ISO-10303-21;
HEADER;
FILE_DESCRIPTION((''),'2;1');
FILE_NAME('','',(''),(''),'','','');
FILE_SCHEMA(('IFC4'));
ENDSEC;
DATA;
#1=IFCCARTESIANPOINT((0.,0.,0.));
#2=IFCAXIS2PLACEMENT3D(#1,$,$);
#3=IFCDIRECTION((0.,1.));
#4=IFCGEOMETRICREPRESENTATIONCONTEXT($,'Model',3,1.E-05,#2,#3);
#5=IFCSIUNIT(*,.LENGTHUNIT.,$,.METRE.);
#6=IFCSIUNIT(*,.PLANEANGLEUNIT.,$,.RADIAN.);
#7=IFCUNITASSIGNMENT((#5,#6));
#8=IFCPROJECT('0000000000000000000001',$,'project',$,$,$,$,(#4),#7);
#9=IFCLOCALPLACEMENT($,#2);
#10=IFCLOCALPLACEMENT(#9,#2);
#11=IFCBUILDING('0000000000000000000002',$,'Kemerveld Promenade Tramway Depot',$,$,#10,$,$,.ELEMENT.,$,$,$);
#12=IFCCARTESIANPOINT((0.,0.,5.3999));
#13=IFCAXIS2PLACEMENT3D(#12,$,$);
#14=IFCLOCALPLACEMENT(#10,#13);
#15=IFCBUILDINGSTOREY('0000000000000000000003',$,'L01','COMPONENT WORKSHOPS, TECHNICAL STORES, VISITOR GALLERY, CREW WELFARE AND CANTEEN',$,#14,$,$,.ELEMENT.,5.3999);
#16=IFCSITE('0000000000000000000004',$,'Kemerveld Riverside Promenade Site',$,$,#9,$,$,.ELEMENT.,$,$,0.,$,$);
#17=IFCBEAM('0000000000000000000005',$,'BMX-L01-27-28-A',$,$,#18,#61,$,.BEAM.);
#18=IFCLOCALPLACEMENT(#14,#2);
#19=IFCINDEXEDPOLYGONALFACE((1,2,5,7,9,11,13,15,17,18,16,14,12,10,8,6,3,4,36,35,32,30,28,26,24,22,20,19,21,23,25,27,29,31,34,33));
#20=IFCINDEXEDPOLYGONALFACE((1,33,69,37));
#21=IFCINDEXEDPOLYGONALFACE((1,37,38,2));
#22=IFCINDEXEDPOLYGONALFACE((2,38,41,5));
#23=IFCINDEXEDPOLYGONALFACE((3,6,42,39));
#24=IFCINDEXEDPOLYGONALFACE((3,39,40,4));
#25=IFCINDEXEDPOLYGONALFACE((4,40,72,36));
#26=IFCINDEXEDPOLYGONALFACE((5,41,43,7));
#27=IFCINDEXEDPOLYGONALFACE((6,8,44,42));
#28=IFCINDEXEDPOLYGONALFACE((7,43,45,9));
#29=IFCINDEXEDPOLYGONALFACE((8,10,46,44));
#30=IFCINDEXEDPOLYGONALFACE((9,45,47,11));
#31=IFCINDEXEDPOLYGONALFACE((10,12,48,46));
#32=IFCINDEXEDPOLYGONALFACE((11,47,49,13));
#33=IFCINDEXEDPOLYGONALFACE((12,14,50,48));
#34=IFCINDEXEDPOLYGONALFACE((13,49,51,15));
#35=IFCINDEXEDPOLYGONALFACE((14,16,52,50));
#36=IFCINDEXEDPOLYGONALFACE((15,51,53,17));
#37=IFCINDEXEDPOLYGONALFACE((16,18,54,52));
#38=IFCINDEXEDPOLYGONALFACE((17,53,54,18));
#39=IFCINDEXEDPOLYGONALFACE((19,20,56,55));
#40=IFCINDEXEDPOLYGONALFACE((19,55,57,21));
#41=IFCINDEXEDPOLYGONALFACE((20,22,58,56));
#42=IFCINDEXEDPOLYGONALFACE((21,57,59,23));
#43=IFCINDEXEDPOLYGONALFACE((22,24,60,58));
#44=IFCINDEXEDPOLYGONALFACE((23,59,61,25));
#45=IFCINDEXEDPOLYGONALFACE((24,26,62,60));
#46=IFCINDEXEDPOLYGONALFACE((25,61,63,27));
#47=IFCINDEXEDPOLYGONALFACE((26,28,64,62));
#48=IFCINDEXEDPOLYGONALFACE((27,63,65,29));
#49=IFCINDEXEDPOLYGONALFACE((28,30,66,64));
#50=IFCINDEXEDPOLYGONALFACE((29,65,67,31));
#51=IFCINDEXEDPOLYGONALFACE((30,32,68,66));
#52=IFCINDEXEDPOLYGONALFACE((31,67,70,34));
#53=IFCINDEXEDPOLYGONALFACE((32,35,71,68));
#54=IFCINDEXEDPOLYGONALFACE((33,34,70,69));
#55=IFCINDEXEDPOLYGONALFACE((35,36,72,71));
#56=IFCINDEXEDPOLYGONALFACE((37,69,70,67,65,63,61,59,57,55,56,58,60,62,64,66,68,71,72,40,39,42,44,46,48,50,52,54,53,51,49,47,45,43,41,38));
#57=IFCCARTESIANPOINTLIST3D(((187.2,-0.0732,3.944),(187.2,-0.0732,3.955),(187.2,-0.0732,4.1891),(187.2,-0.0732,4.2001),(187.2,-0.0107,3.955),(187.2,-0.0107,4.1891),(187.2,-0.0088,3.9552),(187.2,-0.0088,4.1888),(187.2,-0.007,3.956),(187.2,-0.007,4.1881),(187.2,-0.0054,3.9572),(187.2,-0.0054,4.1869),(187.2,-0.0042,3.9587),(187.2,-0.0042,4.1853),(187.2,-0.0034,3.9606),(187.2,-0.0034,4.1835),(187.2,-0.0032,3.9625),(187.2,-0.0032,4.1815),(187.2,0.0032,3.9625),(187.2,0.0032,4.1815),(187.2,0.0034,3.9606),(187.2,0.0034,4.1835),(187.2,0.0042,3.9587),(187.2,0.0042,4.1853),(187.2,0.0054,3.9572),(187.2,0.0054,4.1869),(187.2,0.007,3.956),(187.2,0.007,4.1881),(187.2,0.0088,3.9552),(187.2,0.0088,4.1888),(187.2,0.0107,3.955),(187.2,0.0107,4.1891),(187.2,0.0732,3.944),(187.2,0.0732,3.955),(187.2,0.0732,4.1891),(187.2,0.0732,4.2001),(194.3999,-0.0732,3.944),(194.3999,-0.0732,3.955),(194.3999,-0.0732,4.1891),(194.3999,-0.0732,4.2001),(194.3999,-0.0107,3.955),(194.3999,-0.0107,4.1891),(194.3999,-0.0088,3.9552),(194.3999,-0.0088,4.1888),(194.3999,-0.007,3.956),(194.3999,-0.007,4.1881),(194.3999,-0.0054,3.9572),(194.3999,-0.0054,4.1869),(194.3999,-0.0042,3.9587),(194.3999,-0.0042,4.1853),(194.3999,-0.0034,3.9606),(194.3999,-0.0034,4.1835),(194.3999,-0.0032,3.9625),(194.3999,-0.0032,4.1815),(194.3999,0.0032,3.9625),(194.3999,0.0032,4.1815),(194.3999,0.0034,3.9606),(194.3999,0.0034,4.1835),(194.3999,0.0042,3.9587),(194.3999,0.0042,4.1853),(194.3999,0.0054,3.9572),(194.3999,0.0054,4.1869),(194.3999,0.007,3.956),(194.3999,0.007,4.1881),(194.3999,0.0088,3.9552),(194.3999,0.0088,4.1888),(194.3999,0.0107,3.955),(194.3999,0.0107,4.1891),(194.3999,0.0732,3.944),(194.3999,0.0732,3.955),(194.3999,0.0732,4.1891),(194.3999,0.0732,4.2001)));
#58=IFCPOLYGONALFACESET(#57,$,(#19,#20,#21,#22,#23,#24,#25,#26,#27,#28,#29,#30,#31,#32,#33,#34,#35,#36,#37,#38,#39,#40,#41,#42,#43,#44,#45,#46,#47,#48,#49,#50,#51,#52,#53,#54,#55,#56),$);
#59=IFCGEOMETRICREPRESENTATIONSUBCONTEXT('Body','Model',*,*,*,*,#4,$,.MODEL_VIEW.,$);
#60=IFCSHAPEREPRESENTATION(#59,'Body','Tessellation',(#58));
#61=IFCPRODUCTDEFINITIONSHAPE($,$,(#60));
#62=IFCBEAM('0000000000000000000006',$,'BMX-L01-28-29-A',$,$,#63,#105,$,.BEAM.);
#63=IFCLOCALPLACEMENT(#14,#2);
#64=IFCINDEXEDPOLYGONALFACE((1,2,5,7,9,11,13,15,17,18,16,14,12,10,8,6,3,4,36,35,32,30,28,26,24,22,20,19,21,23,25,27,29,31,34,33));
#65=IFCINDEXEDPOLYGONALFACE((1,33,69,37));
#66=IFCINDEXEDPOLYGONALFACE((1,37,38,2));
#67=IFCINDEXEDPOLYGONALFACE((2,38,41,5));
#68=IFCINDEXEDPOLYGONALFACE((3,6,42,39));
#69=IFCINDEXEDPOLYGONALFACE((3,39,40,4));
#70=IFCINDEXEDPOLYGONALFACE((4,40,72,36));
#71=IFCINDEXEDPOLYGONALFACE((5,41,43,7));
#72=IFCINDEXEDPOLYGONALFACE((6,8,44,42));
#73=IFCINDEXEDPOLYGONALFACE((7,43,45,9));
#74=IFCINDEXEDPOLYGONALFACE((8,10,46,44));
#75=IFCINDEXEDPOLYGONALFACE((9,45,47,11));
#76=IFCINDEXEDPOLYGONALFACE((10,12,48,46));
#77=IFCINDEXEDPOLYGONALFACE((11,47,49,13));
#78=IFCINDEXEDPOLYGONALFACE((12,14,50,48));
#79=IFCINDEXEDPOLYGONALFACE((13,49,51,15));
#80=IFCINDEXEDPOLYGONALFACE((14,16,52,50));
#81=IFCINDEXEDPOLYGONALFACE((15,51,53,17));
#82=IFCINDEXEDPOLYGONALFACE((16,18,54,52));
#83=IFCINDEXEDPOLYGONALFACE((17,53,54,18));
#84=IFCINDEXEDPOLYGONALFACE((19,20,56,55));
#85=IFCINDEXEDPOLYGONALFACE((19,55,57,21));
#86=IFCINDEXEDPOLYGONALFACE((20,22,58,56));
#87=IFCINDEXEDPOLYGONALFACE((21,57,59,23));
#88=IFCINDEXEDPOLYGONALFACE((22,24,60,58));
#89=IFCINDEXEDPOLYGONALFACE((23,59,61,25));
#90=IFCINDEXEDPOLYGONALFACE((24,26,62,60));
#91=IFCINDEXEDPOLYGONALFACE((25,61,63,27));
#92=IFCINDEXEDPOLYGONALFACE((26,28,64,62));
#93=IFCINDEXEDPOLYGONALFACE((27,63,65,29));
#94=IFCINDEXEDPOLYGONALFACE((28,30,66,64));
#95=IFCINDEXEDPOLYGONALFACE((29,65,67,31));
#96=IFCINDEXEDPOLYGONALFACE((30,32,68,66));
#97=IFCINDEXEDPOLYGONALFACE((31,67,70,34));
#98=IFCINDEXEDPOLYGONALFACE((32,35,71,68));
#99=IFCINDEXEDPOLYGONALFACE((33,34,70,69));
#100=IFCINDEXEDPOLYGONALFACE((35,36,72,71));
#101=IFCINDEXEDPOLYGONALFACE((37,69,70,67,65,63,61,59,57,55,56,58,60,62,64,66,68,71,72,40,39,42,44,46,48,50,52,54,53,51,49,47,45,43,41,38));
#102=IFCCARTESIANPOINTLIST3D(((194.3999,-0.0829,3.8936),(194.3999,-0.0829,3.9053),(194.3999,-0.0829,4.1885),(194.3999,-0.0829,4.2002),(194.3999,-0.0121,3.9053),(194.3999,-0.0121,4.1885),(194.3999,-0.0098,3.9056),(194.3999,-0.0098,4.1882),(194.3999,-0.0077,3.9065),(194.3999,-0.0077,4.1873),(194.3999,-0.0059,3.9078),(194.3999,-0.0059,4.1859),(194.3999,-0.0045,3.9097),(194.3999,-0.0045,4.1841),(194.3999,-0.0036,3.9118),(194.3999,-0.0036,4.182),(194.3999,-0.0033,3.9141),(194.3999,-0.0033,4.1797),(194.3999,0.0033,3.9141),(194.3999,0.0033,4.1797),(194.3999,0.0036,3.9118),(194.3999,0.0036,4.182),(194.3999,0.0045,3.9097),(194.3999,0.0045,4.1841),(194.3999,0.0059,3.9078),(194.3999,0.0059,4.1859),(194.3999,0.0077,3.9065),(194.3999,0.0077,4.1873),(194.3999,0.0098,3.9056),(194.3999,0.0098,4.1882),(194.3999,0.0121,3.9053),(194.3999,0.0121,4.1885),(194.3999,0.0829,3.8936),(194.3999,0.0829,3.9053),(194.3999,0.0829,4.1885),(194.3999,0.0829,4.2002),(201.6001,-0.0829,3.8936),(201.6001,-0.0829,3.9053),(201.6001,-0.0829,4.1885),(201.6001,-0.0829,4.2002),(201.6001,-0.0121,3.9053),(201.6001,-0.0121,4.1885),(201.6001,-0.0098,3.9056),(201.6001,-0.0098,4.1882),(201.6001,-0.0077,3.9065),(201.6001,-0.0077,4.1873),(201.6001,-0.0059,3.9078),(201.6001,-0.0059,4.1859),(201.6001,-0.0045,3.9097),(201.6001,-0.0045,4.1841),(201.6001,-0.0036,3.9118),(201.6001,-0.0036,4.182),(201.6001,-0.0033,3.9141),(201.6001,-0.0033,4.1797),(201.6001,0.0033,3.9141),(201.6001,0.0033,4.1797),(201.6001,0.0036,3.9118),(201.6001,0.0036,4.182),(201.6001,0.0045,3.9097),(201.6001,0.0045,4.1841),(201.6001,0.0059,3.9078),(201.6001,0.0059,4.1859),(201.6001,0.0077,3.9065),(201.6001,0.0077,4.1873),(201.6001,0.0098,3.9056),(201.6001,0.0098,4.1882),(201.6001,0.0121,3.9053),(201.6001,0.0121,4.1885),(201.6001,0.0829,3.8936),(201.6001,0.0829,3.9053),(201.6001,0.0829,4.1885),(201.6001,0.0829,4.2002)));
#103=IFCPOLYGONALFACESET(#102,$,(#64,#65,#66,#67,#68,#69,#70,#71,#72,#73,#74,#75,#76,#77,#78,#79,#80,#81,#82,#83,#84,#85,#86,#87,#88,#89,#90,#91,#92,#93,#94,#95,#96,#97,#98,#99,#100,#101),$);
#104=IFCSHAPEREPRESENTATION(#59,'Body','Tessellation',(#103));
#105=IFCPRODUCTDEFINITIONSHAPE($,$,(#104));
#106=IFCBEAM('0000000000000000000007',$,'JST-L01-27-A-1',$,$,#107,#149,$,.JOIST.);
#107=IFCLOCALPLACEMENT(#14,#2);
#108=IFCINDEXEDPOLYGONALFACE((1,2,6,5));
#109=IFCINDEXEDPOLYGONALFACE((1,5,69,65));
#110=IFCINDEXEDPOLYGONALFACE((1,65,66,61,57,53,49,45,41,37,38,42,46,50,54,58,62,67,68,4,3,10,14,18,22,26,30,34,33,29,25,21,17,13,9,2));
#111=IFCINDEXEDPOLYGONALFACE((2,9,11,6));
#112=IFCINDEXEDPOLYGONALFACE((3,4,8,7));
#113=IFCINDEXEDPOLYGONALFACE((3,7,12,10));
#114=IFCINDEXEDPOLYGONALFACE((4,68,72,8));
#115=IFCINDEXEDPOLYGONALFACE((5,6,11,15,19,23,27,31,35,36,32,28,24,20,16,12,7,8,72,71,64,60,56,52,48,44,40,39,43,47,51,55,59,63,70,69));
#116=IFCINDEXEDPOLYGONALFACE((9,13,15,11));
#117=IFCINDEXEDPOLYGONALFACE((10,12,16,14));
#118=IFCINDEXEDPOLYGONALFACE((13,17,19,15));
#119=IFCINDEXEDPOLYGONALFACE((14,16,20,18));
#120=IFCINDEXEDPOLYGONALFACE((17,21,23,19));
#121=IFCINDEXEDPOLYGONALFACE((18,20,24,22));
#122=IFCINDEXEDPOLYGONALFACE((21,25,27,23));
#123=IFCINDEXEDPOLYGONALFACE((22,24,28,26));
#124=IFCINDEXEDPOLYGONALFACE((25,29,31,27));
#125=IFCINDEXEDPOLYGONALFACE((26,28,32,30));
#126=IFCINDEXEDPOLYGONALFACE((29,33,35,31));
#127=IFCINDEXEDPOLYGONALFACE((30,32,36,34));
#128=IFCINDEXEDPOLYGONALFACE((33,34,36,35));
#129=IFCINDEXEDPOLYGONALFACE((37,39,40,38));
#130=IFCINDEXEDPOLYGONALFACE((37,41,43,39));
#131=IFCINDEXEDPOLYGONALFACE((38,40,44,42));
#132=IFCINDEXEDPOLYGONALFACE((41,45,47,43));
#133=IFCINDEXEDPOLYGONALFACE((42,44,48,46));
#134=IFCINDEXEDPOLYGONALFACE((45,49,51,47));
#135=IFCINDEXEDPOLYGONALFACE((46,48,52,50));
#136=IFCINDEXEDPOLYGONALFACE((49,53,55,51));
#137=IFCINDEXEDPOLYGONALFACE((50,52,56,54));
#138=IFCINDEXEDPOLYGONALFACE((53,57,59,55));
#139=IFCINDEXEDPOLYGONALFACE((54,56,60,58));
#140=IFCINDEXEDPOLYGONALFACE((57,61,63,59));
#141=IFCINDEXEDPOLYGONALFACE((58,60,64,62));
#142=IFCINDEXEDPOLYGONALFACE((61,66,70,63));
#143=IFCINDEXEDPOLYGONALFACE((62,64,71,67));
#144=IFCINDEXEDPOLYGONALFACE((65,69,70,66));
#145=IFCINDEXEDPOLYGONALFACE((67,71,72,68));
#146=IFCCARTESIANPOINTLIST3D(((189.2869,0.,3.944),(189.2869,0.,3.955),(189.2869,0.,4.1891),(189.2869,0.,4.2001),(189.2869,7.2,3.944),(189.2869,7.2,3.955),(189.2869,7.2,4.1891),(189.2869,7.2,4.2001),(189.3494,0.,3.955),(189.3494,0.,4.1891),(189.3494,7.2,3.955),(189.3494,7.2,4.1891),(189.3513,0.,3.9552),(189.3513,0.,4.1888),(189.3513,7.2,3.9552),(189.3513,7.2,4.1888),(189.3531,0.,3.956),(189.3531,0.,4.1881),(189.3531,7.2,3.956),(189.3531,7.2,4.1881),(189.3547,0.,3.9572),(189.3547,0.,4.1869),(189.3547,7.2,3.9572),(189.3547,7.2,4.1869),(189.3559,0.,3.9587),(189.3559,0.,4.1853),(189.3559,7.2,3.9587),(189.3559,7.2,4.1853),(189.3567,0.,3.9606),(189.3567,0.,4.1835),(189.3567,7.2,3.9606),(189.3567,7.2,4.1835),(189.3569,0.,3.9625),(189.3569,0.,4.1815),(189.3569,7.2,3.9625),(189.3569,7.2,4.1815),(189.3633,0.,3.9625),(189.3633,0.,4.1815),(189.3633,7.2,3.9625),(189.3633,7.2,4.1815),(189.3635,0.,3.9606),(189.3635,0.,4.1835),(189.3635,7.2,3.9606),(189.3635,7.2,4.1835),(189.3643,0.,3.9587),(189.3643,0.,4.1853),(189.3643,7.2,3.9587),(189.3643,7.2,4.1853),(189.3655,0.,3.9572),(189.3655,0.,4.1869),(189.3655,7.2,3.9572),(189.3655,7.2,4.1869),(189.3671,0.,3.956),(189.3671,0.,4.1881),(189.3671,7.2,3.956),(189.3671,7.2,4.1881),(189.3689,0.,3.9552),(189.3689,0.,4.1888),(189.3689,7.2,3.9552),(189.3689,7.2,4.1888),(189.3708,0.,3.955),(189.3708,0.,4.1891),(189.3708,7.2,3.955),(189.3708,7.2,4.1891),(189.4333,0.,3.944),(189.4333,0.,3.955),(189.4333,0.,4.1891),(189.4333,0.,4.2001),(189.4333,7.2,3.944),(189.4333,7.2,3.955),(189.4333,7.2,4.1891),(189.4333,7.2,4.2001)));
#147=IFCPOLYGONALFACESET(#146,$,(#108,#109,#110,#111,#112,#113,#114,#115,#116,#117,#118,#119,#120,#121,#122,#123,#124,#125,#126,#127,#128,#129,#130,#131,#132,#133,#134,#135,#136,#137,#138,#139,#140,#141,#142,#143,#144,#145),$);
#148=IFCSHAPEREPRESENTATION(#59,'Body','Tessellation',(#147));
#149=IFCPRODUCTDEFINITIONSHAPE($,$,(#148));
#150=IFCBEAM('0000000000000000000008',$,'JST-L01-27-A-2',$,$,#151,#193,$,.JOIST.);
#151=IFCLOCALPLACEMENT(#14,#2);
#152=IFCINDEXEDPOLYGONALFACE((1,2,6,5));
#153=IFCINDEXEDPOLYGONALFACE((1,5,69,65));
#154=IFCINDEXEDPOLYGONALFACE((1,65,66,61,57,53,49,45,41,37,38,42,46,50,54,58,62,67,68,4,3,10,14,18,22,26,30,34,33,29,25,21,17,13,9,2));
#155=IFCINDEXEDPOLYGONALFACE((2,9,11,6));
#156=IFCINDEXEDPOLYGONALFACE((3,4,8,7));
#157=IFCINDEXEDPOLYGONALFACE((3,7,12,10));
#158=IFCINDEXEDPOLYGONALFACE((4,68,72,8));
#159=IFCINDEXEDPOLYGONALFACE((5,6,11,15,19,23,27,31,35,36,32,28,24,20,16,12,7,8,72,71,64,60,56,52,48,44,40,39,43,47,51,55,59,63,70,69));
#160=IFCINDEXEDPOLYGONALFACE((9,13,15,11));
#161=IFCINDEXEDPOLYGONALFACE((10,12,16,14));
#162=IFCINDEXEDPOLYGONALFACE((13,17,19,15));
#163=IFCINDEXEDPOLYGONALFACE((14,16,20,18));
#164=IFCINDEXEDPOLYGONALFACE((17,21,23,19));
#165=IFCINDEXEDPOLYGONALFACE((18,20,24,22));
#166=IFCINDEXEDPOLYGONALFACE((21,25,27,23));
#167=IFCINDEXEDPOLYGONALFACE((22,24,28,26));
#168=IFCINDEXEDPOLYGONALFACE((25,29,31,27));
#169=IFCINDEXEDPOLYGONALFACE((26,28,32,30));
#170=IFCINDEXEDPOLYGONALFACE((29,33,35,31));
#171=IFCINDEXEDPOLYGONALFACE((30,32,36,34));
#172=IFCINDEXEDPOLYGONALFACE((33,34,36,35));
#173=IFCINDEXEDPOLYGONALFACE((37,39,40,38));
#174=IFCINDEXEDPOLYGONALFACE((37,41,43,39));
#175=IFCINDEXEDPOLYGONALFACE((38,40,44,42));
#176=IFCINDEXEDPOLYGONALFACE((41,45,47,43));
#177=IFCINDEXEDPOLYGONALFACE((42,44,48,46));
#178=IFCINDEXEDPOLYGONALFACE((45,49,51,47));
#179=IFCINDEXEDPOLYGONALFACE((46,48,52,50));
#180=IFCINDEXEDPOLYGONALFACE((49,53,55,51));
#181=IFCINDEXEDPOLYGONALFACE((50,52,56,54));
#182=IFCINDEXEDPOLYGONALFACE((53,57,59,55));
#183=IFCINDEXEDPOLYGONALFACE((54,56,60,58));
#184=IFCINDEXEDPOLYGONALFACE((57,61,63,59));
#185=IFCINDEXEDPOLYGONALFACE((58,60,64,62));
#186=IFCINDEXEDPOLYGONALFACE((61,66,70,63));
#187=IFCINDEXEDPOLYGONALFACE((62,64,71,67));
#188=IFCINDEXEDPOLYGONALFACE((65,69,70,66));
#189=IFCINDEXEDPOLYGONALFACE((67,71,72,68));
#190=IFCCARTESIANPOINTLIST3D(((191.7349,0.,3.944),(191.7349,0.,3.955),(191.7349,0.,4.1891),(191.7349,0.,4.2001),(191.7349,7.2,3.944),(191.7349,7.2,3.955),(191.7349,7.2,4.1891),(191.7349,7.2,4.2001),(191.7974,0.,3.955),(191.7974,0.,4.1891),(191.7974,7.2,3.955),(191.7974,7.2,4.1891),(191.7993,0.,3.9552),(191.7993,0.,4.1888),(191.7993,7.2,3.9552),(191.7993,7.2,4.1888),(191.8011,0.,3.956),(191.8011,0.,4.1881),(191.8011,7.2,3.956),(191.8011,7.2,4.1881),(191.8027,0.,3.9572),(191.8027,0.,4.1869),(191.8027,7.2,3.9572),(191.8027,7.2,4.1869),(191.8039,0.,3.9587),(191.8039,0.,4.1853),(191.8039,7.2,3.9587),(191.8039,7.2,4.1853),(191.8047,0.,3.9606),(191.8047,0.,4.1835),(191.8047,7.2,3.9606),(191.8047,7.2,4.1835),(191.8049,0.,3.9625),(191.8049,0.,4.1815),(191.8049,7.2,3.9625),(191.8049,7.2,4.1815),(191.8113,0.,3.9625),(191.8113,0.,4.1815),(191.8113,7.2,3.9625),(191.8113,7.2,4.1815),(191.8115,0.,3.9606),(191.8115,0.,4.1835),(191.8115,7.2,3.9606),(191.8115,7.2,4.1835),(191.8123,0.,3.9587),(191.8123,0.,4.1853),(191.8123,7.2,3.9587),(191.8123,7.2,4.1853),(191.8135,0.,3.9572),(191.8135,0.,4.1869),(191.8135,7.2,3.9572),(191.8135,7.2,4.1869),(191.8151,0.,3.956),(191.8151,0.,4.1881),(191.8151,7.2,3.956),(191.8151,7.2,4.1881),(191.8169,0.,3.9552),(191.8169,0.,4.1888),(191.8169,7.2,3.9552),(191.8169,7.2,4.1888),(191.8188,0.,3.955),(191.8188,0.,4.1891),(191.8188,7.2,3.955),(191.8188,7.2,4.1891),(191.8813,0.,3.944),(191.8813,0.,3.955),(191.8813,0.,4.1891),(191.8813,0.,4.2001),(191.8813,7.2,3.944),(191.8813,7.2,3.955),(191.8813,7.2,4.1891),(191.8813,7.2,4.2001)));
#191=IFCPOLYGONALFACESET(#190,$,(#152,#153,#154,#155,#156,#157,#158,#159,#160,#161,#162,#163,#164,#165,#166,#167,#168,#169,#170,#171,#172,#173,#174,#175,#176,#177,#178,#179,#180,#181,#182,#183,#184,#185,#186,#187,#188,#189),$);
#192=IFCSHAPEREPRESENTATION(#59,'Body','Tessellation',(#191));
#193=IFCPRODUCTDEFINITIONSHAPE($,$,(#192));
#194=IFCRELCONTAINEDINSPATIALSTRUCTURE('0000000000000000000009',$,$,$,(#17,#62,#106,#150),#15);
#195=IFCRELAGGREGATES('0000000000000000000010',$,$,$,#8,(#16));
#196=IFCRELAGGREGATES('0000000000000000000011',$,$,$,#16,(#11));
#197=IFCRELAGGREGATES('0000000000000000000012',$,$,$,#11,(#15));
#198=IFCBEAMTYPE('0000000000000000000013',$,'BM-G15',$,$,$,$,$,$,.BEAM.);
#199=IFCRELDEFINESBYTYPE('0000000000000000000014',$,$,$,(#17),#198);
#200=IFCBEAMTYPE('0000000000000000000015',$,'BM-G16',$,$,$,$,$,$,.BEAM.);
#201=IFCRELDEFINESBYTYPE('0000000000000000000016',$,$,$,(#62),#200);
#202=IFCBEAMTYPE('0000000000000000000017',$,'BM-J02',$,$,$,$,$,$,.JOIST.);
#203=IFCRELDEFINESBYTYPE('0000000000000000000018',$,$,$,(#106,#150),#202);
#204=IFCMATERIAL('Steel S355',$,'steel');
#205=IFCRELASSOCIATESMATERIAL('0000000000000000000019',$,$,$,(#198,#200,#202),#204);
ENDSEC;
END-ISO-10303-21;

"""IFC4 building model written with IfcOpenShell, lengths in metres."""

from ifc_helpers import new_model, si_unit, direction, frame, origin, origin_2d, place, context, subcontext, project, spatial, i_section, extrude, material, material_profile, profile_set, type_object, element, save


model = new_model("IFC4")

# Units and contexts
model_context = context("Model", 3, precision=1e-05, world=origin(), true_north=direction((0.0, 1.0)))
body_context = subcontext(model_context, "Body", "Model", "MODEL_VIEW")
ifc_project = project(units=[si_unit("LENGTHUNIT", "METRE"), si_unit("PLANEANGLEUNIT", "RADIAN")], contexts=[model_context])

# Site, building, storey
site_placement = place(None, origin())
site = spatial("IfcSite", under=ifc_project, at=site_placement, Name="Kemerveld Riverside Promenade Site", CompositionType="ELEMENT", RefElevation=0.0)
building_placement = place(site_placement, origin())
building = spatial("IfcBuilding", under=site, at=building_placement, Name="Kemerveld Promenade Tramway Depot", CompositionType="ELEMENT")
storey_placement = place(building_placement, frame((0.0, 0.0, 5.3999)))
storey = spatial("IfcBuildingStorey", under=building, at=storey_placement, Name="L01", Description="COMPONENT WORKSHOPS, TECHNICAL STORES, VISITOR GALLERY, CREW WELFARE AND CANTEEN", CompositionType="ELEMENT", Elevation=5.3999)

# Shared definitions
ifc_material_1 = material(Name="Steel S355", Category="steel")

# Beams
ifc_material_profile_1 = material_profile(ifc_material_1, i_section(OverallWidth=0.1465, OverallDepth=0.2561, WebThickness=0.0063, FlangeThickness=0.011, FilletRadius=0.0076, at=origin_2d()), Name="254x146x37 UB")
ifc_profile_set_1 = profile_set([ifc_material_profile_1], Name="Steel S355")
beam_type_1 = type_object("IfcBeamType", Name="BM-G15", PredefinedType="BEAM", material=ifc_profile_set_1)
beam_1_placement = place(storey_placement, frame((187.2, 0.0, 4.072), z_axis=(1.0, 0.0, 0.0), x_axis=(0.0, 1.0, 0.0)))
element("IfcBeam", 1, at=beam_1_placement, inside=storey, type_object=beam_type_1, Name="BMX-L01-27-28-A", PredefinedType="BEAM", context=body_context, shape_type="SweptSolid", body=[
    extrude(i_section(OverallWidth=0.1465, OverallDepth=0.2561, WebThickness=0.0063, FlangeThickness=0.011, FilletRadius=0.0076, at=origin_2d()), origin(), (0.0, 0.0, 1.0), 7.2),
])
ifc_material_profile_2 = material_profile(ifc_material_1, i_section(OverallWidth=0.1658, OverallDepth=0.3066, WebThickness=0.0066, FlangeThickness=0.0117, FilletRadius=0.0088, at=origin_2d()), Name="305x165x46 UB")
ifc_profile_set_2 = profile_set([ifc_material_profile_2], Name="Steel S355")
beam_type_2 = type_object("IfcBeamType", Name="BM-G16", PredefinedType="BEAM", material=ifc_profile_set_2)
beam_2_placement = place(storey_placement, frame((194.3999, 0.0, 4.0469), z_axis=(1.0, 0.0, 0.0), x_axis=(0.0, 1.0, 0.0)))
element("IfcBeam", 2, at=beam_2_placement, inside=storey, type_object=beam_type_2, Name="BMX-L01-28-29-A", PredefinedType="BEAM", context=body_context, shape_type="SweptSolid", body=[
    extrude(i_section(OverallWidth=0.1658, OverallDepth=0.3066, WebThickness=0.0066, FlangeThickness=0.0117, FilletRadius=0.0088, at=origin_2d()), origin(), (0.0, 0.0, 1.0), 7.2002),
])
ifc_material_profile_3 = material_profile(ifc_material_1, i_section(OverallWidth=0.1465, OverallDepth=0.2561, WebThickness=0.0063, FlangeThickness=0.011, FilletRadius=0.0076, at=origin_2d()), Name="254x146x37 UB")
ifc_profile_set_3 = profile_set([ifc_material_profile_3], Name="Steel S355")
beam_type_3 = type_object("IfcBeamType", Name="BM-J02", PredefinedType="JOIST", material=ifc_profile_set_3)
for number, where, z_axis, x_axis, name in (
    (3, (189.3601, 0.0, 4.072), (0.0, 1.0, 0.0), (-1.0, 0.0, 0.0), "JST-L01-27-A-1"),
    (4, (191.8081, 0.0, 4.072), (0.0, 1.0, 0.0), (-1.0, 0.0, 0.0), "JST-L01-27-A-2"),
):
    element("IfcBeam", number, at=place(storey_placement, frame(where, z_axis=z_axis, x_axis=x_axis)), inside=storey, type_object=beam_type_3, Name=name, PredefinedType="JOIST", context=body_context, shape_type="SweptSolid", body=[
        extrude(i_section(OverallWidth=0.1465, OverallDepth=0.2561, WebThickness=0.0063, FlangeThickness=0.011, FilletRadius=0.0076, at=origin_2d()), origin(), (0.0, 0.0, 1.0), 7.2),
    ])

save(model, "model.ifc")
